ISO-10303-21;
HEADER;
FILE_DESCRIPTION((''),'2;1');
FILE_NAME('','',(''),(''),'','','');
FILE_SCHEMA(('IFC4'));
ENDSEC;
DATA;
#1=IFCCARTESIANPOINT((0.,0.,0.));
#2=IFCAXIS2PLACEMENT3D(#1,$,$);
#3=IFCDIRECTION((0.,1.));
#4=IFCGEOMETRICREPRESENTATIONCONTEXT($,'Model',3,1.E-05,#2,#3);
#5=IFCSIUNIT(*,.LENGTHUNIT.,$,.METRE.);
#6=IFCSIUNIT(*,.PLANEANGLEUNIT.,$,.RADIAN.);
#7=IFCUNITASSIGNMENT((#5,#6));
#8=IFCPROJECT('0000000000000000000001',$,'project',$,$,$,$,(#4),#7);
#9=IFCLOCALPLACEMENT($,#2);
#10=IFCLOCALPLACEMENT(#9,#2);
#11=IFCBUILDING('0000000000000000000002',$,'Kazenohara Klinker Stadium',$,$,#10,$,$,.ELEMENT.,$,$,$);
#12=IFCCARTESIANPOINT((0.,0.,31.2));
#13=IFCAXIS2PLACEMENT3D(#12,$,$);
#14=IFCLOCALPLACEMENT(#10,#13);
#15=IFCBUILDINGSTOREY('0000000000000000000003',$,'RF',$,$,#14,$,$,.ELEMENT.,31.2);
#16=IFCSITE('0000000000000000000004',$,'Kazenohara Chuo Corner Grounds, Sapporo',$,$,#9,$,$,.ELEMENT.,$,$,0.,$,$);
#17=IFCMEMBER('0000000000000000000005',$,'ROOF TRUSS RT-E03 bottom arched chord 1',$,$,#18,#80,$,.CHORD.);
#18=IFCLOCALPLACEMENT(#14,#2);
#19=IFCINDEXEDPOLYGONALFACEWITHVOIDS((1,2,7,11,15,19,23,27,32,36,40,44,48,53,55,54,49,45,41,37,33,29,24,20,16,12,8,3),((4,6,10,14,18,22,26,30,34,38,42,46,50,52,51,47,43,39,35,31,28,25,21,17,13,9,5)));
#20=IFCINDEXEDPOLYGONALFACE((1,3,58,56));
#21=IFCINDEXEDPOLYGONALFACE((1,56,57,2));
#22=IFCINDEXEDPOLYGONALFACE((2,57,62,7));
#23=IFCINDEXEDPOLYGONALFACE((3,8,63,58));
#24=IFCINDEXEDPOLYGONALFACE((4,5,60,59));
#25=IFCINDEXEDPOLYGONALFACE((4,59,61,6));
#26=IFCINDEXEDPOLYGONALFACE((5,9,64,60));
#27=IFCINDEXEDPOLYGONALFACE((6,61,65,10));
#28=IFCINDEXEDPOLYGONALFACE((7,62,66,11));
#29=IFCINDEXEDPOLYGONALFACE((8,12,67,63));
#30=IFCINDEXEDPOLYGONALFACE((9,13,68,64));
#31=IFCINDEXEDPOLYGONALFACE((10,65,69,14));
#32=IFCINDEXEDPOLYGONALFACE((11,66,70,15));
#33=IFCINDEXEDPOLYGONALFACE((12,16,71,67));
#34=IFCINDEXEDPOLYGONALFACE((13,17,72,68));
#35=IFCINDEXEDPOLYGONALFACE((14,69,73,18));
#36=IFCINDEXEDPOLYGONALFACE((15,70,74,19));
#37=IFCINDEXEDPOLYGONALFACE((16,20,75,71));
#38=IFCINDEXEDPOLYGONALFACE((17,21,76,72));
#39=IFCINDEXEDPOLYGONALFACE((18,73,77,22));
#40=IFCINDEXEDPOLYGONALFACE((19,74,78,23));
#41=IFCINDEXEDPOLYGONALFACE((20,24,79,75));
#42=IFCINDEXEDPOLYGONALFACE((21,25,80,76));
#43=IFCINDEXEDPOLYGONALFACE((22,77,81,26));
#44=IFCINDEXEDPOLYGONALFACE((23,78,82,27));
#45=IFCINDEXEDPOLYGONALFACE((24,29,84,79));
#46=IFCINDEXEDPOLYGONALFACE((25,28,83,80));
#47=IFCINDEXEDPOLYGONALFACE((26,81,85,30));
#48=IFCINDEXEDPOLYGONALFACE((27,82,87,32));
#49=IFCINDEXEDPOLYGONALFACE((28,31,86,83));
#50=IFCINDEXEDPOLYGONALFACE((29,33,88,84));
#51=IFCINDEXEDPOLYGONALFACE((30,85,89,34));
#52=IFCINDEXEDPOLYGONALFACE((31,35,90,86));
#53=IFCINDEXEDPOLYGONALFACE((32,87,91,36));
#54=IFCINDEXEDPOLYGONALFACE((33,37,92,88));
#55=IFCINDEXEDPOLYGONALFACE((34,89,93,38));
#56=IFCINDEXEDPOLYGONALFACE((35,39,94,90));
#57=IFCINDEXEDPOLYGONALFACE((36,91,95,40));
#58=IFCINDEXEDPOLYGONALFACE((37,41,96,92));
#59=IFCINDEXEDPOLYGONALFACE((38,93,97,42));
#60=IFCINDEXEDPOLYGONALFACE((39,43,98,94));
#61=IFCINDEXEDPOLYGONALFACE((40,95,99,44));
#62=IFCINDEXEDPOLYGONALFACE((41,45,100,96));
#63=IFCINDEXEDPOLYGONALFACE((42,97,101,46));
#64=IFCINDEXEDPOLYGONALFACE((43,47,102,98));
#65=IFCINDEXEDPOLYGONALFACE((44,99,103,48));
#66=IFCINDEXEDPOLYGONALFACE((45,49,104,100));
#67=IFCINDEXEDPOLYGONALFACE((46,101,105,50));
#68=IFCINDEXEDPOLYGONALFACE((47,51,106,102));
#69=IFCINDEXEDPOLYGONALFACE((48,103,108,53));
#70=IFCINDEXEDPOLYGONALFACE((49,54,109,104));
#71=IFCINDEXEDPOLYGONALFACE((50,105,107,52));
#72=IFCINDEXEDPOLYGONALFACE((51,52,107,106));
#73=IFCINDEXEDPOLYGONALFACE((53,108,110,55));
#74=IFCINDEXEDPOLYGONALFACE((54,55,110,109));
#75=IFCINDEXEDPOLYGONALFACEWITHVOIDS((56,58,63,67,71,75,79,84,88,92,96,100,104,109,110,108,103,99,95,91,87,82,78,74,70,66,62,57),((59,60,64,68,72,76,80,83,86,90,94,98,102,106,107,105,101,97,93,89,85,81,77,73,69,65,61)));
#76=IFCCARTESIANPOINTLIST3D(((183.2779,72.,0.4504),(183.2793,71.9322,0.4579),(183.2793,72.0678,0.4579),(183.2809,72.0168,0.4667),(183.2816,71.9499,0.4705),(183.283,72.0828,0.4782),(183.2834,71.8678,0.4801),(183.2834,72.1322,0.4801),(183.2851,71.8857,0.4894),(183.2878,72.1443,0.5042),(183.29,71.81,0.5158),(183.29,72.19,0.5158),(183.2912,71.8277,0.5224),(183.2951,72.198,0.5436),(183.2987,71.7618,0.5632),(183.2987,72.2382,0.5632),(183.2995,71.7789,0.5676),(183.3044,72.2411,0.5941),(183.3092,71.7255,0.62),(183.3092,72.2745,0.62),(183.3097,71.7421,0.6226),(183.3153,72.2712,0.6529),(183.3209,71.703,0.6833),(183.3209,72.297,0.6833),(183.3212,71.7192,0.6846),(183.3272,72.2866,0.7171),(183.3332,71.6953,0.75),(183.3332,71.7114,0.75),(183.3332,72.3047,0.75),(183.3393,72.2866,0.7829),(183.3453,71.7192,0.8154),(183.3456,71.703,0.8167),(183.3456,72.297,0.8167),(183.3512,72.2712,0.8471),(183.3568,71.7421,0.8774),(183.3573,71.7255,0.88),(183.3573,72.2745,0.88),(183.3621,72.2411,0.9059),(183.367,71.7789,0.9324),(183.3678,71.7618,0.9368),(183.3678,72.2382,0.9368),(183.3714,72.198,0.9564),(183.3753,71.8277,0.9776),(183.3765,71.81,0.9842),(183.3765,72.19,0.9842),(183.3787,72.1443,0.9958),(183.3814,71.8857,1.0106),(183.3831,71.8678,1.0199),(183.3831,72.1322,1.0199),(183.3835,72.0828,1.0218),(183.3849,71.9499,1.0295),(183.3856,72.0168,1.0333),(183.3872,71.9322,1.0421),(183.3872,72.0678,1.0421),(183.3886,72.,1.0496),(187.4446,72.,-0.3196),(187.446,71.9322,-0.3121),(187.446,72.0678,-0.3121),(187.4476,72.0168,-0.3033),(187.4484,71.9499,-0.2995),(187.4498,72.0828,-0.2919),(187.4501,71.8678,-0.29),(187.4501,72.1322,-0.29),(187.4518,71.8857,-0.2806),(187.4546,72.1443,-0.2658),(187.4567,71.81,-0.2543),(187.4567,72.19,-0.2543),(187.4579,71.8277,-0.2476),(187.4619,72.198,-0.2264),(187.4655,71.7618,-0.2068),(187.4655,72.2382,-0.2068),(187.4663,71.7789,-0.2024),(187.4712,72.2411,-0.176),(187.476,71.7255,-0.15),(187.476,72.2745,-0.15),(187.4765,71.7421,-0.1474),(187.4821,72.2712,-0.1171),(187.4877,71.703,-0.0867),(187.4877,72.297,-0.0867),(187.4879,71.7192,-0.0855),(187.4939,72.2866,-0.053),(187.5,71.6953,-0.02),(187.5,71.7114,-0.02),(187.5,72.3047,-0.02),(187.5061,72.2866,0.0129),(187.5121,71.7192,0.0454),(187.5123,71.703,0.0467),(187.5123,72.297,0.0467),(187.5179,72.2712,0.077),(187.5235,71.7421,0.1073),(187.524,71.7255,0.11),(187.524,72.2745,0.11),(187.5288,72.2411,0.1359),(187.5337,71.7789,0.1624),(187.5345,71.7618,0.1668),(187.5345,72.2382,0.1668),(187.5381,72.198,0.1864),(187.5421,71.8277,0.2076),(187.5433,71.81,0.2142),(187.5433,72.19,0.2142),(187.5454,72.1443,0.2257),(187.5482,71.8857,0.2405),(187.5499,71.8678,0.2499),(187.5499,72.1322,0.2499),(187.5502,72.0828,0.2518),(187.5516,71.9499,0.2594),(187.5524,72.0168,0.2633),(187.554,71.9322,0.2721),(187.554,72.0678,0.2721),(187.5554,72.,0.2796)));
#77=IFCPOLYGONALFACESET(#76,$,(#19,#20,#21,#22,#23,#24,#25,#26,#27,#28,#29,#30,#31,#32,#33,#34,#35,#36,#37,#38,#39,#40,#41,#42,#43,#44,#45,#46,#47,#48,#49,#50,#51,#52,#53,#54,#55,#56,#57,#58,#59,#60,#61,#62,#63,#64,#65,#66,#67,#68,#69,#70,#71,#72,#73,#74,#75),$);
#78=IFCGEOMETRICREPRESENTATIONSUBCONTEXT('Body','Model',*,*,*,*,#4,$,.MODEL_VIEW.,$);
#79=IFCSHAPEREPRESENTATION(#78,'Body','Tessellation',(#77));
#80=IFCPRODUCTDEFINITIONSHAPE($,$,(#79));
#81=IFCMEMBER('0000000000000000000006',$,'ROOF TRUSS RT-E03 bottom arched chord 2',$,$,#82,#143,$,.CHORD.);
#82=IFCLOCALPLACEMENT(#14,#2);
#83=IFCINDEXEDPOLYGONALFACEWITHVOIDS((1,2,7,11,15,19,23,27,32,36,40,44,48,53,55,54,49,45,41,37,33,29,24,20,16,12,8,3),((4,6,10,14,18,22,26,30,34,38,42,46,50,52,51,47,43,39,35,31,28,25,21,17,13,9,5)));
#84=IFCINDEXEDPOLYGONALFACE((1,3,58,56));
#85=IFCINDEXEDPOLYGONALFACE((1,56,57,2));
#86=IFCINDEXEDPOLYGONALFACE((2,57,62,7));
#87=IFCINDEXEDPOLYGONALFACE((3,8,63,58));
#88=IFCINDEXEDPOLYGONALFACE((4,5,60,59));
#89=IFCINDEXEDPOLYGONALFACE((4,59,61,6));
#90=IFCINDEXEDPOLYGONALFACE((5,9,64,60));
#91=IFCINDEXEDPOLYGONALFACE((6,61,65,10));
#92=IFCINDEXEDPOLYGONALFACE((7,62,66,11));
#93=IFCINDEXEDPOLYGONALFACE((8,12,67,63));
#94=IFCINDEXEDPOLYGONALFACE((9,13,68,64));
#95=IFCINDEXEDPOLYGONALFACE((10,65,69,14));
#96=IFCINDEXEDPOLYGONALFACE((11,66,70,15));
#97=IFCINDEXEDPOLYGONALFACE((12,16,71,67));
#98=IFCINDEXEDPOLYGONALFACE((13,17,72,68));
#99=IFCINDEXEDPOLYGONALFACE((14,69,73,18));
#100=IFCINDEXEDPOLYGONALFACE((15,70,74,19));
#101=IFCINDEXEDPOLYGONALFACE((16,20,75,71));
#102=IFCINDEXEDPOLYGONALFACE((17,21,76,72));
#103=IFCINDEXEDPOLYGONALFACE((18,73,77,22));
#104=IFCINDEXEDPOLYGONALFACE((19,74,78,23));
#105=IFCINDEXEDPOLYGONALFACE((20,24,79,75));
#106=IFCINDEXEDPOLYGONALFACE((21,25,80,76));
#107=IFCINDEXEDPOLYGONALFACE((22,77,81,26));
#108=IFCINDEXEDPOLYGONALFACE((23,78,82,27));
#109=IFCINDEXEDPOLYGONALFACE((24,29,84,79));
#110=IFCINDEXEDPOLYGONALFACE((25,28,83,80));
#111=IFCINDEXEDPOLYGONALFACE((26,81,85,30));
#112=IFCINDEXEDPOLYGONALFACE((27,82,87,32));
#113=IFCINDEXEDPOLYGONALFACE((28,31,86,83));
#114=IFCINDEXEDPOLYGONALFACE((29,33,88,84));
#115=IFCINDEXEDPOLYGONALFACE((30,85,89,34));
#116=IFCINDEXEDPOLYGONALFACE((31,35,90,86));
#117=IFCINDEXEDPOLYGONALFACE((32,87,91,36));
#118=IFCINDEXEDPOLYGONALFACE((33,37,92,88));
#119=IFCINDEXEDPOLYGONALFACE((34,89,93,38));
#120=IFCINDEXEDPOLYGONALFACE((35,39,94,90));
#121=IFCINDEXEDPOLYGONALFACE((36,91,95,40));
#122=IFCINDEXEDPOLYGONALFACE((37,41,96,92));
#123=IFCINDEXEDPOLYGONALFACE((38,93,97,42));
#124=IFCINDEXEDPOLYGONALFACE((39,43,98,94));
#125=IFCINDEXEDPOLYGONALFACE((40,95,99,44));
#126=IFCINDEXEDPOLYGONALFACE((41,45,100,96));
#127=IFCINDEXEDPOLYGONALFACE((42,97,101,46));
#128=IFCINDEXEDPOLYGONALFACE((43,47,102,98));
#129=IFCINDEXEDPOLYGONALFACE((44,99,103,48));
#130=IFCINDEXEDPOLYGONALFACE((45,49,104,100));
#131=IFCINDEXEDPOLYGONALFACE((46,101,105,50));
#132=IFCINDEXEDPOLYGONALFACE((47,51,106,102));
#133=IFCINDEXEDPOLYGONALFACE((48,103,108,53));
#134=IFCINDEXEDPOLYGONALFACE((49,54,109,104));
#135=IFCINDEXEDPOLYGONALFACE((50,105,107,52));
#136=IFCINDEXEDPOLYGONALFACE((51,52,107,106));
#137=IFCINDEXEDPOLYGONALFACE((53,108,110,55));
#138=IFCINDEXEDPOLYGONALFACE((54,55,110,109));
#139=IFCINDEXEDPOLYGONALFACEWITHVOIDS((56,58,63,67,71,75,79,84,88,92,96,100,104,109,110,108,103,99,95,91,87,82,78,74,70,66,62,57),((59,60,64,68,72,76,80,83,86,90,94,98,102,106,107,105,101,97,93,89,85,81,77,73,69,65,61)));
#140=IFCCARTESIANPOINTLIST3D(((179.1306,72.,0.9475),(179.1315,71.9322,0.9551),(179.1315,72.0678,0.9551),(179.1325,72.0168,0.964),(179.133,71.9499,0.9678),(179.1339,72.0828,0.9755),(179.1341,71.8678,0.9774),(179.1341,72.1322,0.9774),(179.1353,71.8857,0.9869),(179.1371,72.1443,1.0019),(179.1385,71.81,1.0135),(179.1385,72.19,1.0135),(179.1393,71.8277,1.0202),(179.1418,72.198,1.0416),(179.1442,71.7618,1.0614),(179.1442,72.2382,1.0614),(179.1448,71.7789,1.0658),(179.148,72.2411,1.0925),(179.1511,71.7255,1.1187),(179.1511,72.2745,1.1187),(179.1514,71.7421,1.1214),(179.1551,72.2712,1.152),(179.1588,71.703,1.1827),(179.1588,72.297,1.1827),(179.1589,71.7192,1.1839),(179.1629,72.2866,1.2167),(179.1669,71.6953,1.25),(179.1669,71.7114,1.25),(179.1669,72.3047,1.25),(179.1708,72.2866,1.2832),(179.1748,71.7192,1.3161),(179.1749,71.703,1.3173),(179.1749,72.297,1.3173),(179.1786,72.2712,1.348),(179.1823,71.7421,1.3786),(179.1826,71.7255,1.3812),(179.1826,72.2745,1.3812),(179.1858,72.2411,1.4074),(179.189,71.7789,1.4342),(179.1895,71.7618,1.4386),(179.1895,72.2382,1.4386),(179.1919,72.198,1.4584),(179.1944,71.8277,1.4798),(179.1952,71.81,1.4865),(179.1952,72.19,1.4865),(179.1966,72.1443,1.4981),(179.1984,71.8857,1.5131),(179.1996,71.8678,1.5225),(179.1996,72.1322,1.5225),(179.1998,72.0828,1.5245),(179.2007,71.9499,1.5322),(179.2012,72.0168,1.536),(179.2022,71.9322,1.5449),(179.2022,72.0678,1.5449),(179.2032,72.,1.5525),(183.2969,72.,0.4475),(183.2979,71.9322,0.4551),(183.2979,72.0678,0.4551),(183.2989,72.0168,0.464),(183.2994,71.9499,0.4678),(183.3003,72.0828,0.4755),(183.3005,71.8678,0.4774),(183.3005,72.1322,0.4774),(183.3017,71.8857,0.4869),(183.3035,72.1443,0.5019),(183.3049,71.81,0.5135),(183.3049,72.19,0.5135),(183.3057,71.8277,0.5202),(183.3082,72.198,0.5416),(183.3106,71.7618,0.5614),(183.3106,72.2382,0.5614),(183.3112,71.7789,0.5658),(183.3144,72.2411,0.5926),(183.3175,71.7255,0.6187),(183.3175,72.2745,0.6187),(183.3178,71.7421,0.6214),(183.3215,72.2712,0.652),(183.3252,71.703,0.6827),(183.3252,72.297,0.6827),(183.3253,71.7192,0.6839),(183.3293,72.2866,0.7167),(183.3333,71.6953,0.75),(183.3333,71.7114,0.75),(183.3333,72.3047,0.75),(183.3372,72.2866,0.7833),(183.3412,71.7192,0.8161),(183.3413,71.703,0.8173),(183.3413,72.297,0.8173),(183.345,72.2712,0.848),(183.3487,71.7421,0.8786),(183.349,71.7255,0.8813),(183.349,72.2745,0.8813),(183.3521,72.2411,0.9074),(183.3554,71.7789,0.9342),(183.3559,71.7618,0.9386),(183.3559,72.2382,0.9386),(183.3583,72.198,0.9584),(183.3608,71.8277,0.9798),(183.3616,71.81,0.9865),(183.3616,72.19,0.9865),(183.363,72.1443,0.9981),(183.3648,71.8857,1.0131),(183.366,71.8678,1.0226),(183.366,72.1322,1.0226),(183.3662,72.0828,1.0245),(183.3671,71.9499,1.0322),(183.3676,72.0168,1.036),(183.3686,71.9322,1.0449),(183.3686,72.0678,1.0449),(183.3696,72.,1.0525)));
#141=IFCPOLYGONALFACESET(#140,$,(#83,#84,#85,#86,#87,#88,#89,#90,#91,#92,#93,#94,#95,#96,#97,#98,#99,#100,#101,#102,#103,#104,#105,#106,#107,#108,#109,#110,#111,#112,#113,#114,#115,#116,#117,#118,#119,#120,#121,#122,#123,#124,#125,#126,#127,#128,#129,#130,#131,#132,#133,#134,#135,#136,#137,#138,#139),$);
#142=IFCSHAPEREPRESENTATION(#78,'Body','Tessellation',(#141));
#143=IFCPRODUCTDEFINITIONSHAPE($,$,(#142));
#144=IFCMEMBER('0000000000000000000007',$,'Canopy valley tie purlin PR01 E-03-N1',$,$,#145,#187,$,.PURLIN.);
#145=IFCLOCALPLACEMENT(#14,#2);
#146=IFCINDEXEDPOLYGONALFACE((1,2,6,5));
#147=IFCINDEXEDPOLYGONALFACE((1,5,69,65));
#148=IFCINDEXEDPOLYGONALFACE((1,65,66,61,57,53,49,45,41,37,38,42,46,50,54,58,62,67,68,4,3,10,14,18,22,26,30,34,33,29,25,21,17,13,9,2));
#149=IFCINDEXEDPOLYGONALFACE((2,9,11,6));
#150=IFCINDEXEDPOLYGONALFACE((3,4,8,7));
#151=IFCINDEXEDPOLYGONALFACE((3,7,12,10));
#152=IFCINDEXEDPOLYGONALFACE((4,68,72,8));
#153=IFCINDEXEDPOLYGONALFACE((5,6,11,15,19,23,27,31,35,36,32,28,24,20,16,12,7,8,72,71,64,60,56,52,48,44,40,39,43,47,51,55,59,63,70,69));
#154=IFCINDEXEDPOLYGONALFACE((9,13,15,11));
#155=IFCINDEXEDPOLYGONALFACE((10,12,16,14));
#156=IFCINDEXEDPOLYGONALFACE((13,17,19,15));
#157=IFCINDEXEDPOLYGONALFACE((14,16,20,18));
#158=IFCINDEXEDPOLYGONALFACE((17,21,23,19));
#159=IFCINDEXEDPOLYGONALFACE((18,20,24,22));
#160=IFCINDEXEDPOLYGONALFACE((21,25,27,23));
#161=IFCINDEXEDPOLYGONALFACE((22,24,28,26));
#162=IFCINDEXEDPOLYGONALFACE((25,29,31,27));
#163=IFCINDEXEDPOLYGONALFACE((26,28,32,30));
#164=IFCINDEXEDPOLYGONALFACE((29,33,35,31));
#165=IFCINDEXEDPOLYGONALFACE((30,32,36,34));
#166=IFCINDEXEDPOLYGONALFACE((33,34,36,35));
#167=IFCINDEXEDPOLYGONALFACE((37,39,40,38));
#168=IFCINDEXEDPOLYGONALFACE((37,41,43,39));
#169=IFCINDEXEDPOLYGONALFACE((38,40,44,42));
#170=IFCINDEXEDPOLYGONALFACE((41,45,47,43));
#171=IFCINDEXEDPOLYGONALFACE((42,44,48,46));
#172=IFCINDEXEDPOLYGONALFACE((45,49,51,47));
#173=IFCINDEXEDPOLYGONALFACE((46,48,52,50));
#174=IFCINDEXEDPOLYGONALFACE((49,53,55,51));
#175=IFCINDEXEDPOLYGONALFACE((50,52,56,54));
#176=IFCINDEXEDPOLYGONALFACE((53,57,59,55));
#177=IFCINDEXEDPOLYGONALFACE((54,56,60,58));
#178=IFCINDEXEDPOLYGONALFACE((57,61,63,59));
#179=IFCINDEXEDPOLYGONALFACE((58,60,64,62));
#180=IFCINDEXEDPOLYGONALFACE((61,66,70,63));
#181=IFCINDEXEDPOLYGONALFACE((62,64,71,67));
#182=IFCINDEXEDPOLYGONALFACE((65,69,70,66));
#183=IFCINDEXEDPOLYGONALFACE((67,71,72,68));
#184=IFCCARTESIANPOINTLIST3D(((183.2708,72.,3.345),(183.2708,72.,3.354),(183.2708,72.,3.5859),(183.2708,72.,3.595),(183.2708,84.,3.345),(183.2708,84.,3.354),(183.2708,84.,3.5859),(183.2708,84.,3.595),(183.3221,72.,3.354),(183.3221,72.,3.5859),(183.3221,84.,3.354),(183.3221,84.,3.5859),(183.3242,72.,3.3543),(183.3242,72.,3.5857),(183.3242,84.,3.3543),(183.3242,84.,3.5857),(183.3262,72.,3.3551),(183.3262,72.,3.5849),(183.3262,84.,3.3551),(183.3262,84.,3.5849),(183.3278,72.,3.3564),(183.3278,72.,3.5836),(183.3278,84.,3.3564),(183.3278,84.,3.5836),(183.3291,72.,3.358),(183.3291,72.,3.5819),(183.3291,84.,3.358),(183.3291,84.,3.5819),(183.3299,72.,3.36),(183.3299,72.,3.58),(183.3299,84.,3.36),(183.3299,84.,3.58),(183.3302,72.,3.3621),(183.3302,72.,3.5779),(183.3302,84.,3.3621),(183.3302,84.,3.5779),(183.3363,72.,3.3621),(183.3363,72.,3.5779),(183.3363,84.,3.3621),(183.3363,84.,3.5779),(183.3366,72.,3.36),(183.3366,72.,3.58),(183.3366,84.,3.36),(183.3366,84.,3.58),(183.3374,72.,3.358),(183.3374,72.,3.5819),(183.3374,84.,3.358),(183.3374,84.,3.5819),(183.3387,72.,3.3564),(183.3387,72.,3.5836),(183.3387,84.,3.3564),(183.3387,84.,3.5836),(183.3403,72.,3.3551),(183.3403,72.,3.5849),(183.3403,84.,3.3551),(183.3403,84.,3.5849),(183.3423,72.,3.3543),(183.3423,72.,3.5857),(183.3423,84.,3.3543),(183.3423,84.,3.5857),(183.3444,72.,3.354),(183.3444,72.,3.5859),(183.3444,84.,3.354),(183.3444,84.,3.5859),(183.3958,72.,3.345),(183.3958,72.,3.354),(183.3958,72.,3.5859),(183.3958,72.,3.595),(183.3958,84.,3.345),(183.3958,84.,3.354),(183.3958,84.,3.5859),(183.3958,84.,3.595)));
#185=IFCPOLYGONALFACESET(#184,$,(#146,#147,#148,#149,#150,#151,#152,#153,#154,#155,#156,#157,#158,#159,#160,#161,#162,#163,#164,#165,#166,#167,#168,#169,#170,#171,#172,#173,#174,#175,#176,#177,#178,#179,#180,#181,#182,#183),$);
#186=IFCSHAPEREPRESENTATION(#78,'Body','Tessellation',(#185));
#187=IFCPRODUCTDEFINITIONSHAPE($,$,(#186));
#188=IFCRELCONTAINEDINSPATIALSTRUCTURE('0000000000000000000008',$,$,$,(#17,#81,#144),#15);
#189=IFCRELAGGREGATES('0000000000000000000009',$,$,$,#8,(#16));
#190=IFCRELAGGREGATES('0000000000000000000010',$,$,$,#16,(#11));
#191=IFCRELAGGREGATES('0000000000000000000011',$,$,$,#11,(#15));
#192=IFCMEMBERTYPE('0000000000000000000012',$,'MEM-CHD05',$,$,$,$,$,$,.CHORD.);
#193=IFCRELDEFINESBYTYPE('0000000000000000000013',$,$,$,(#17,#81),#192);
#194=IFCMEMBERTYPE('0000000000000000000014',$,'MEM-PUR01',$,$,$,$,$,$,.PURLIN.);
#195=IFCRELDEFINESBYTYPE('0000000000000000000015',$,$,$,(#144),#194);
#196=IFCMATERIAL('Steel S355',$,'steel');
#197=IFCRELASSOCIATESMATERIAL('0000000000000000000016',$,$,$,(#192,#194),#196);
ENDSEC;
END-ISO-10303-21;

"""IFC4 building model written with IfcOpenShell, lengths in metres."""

from ifc_helpers import new_model, si_unit, direction, frame, origin, origin_2d, place, context, subcontext, project, spatial, hollow_circle, i_section, extrude, material, material_profile, profile_set, type_object, element, save


model = new_model("IFC4")

# Units and contexts
model_context = context("Model", 3, precision=1e-05, world=origin(), true_north=direction((0.0, 1.0)))
body_context = subcontext(model_context, "Body", "Model", "MODEL_VIEW")
ifc_project = project(units=[si_unit("LENGTHUNIT", "METRE"), si_unit("PLANEANGLEUNIT", "RADIAN")], contexts=[model_context])

# Site, building, storey
site_placement = place(None, origin())
site = spatial("IfcSite", under=ifc_project, at=site_placement, Name="Kazenohara Chuo Corner Grounds, Sapporo", CompositionType="ELEMENT", RefElevation=0.0)
building_placement = place(site_placement, origin())
building = spatial("IfcBuilding", under=site, at=building_placement, Name="Kazenohara Klinker Stadium", CompositionType="ELEMENT")
storey_placement = place(building_placement, frame((0.0, 0.0, 31.2)))
storey = spatial("IfcBuildingStorey", under=building, at=storey_placement, Name="RF", CompositionType="ELEMENT", Elevation=31.2)

# Members
ifc_material_1 = material(Name="Steel S355", Category="steel")
ifc_material_profile_1 = material_profile(ifc_material_1, hollow_circle(Radius=0.3047, WallThickness=0.0161, at=origin_2d()), Name="CHS-609.6x16")
ifc_profile_set_1 = profile_set([ifc_material_profile_1], Name="Steel S355")
member_type_1 = type_object("IfcMemberType", Name="MEM-CHD05", PredefinedType="CHORD", material=ifc_profile_set_1)
member_1_placement = place(storey_placement, frame((187.5, 72.0, -0.02), z_axis=(-0.98335, 0.0, 0.181724), x_axis=(0.0, -1.0, 0.0)))
element("IfcMember", 1, at=member_1_placement, inside=storey, type_object=member_type_1, Name="ROOF TRUSS RT-E03 bottom arched chord 1", PredefinedType="CHORD", context=body_context, shape_type="SweptSolid", body=[
    extrude(hollow_circle(Radius=0.3047, WallThickness=0.0161, at=origin_2d()), origin(), (0.0, 0.0, 1.0), 4.2373),
])
member_2_placement = place(storey_placement, frame((183.3333, 72.0, 0.75), z_axis=(-0.992876, 0.0, 0.11915), x_axis=(0.0, -1.0, 0.0)))
element("IfcMember", 2, at=member_2_placement, inside=storey, type_object=member_type_1, Name="ROOF TRUSS RT-E03 bottom arched chord 2", PredefinedType="CHORD", context=body_context, shape_type="SweptSolid", body=[
    extrude(hollow_circle(Radius=0.3047, WallThickness=0.0161, at=origin_2d()), origin(), (0.0, 0.0, 1.0), 4.1963),
])
ifc_material_profile_2 = material_profile(ifc_material_1, i_section(OverallWidth=0.125, OverallDepth=0.25, WebThickness=0.0061, FlangeThickness=0.009, FilletRadius=0.0081, at=origin_2d()), Name="H-250x125x6x9")
ifc_profile_set_2 = profile_set([ifc_material_profile_2], Name="Steel S355")
member_type_2 = type_object("IfcMemberType", Name="MEM-PUR01", PredefinedType="PURLIN", material=ifc_profile_set_2)
member_3_placement = place(storey_placement, frame((183.3333, 72.0, 3.47), z_axis=(0.0, 1.0, 0.0), x_axis=(-1.0, 0.0, 0.0)))
element("IfcMember", 3, at=member_3_placement, inside=storey, type_object=member_type_2, Name="Canopy valley tie purlin PR01 E-03-N1", PredefinedType="PURLIN", context=body_context, shape_type="SweptSolid", body=[
    extrude(i_section(OverallWidth=0.125, OverallDepth=0.25, WebThickness=0.0061, FlangeThickness=0.009, FilletRadius=0.0081, at=origin_2d()), origin(), (0.0, 0.0, 1.0), 12.0),
])

save(model, "model.ifc")
